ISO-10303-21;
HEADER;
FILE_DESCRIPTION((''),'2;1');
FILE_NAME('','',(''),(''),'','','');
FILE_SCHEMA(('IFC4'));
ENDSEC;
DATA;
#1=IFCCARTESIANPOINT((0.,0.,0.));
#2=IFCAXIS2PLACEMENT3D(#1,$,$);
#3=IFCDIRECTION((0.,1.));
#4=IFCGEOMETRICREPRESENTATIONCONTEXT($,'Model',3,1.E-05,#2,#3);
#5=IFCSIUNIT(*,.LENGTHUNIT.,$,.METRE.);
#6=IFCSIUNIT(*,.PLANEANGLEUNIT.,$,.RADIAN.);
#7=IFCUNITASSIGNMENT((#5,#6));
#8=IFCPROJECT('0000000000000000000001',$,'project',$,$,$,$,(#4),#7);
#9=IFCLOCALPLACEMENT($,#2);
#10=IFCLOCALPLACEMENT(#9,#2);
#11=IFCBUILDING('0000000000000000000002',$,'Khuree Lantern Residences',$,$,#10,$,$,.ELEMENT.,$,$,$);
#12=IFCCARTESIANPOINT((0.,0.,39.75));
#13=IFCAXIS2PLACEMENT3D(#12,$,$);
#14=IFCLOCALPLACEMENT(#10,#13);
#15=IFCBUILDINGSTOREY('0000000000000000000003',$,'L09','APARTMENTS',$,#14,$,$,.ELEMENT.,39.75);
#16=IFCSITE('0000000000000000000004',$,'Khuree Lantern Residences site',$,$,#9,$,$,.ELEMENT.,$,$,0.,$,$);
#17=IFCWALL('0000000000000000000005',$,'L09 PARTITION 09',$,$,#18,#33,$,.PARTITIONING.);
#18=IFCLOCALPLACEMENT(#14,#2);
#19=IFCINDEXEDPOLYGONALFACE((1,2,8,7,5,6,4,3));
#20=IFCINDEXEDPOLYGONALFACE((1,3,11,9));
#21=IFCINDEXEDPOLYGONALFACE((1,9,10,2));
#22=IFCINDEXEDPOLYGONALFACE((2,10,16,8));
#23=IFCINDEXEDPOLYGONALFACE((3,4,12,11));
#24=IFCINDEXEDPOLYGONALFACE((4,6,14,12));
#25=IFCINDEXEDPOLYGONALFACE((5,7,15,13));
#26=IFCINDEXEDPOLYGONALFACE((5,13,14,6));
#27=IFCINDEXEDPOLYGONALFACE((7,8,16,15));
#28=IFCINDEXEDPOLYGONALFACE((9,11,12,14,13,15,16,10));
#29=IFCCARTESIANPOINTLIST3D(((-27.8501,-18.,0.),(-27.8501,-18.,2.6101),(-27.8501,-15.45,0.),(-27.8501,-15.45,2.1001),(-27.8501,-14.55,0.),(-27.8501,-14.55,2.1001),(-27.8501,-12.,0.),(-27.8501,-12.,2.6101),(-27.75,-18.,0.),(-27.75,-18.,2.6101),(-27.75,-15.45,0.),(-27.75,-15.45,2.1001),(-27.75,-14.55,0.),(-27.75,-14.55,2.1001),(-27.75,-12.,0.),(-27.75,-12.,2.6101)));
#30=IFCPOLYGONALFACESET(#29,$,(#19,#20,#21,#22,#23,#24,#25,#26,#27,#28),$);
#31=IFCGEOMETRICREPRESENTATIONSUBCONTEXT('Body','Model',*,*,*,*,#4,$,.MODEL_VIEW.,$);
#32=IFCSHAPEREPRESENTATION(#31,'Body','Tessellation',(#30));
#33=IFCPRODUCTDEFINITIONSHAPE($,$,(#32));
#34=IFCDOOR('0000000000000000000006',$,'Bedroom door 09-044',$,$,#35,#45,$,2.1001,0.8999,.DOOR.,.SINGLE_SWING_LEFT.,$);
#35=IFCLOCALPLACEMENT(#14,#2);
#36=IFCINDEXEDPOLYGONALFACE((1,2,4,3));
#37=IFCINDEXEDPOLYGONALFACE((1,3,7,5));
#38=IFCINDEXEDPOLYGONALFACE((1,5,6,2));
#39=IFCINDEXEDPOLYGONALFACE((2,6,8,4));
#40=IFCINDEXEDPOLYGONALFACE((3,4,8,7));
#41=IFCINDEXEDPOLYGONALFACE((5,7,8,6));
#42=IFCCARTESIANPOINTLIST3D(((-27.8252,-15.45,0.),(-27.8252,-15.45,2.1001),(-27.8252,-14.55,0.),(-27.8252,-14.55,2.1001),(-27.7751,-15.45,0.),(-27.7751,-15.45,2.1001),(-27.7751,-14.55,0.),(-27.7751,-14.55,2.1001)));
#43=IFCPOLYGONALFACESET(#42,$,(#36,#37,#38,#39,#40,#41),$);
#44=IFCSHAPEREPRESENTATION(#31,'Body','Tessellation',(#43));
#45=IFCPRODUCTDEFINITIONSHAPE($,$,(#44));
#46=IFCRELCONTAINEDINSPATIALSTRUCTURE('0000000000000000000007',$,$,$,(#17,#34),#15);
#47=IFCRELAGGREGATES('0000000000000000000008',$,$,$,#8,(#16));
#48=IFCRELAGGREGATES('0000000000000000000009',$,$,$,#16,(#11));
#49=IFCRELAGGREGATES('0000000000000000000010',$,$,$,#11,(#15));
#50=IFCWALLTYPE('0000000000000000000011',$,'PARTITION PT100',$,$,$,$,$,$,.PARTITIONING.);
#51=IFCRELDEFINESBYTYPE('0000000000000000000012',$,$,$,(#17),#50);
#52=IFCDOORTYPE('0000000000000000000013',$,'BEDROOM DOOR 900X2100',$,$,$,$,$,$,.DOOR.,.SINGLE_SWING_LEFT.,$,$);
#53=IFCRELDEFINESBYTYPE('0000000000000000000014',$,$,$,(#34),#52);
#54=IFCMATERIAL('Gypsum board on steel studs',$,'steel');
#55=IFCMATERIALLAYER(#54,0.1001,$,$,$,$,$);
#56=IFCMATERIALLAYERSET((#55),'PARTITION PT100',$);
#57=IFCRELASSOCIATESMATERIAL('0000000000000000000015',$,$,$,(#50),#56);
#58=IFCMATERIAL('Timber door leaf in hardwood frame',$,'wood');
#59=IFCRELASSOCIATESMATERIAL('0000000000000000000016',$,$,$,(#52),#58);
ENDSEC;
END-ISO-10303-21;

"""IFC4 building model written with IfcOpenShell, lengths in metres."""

from ifc_helpers import new_model, si_unit, direction, frame, frame_2d, origin, place, context, subcontext, project, spatial, rectangle, extrude, material, layer, layer_set, type_object, element, fill, save


model = new_model("IFC4")

# Units and contexts
model_context = context("Model", 3, precision=1e-05, world=origin(), true_north=direction((0.0, 1.0)))
body_context = subcontext(model_context, "Body", "Model", "MODEL_VIEW")
ifc_project = project(units=[si_unit("LENGTHUNIT", "METRE"), si_unit("PLANEANGLEUNIT", "RADIAN")], contexts=[model_context])

# Site, building, storey
site_placement = place(None, origin())
site = spatial("IfcSite", under=ifc_project, at=site_placement, Name="Khuree Lantern Residences site", CompositionType="ELEMENT", RefElevation=0.0)
building_placement = place(site_placement, origin())
building = spatial("IfcBuilding", under=site, at=building_placement, Name="Khuree Lantern Residences", CompositionType="ELEMENT")
storey_placement = place(building_placement, frame((0.0, 0.0, 39.75)))
storey = spatial("IfcBuildingStorey", under=building, at=storey_placement, Name="L09", Description="APARTMENTS", CompositionType="ELEMENT", Elevation=39.75)

# Shared definitions
ifc_material_1 = material(Name="Gypsum board on steel studs", Category="steel")
ifc_layer_1 = layer(ifc_material_1, 0.1001)
ifc_layer_set_1 = layer_set([ifc_layer_1], Name="PARTITION PT100")
wall_type = type_object("IfcWallType", Name="PARTITION PT100", PredefinedType="PARTITIONING", material=ifc_layer_set_1)

# Wall, opening, door
ifc_material_2 = material(Name="Timber door leaf in hardwood frame", Category="wood")
door_type = type_object("IfcDoorType", Name="BEDROOM DOOR 900X2100", OperationType="SINGLE_SWING_LEFT", PredefinedType="DOOR", material=ifc_material_2)
wall_1_placement = place(storey_placement, frame((-27.8, -12.0, 0.0), z_axis=(0.0, 0.0, 1.0), x_axis=(0.0, -1.0, 0.0)))
wall_1 = element("IfcWall", 1, at=wall_1_placement, inside=storey, type_object=wall_type, Name="L09 PARTITION 09", PredefinedType="PARTITIONING", context=body_context, shape_type="SweptSolid", body=[
    extrude(rectangle(XDim=6.0, YDim=0.1001, at=frame_2d((3.0, 0.0))), origin(), (0.0, 0.0, 1.0), 2.6101),
])
opening_1_placement = place(wall_1_placement, frame((2.55, 0.0, 0.0)))
opening_1 = element("IfcOpeningElement", 2, at=opening_1_placement, cuts=wall_1, PredefinedType="OPENING", context=body_context, shape_type="SweptSolid", body=[
    extrude(rectangle(XDim=0.8999, YDim=2.1001, at=frame_2d((0.45, 1.05))), frame((0.0, 0.0601, 0.0), z_axis=(0.0, -1.0, 0.0), x_axis=(1.0, 0.0, 0.0)), (0.0, 0.0, 1.0), 0.1201),
])
door_1_placement = place(opening_1_placement, origin())
door_1 = element("IfcDoor", 3, at=door_1_placement, inside=storey, type_object=door_type, Name="Bedroom door 09-044", OperationType="SINGLE_SWING_LEFT", OverallHeight=2.1001, OverallWidth=0.8999, PredefinedType="DOOR", context=body_context, shape_type="SweptSolid", body=[
    extrude(rectangle(XDim=0.8999, YDim=2.1001, at=frame_2d((0.45, 1.05))), frame((0.0, 0.0249, 0.0), z_axis=(0.0, -1.0, 0.0), x_axis=(1.0, 0.0, 0.0)), (0.0, 0.0, 1.0), 0.05),
])
fill(opening_1, door_1)

save(model, "model.ifc")
